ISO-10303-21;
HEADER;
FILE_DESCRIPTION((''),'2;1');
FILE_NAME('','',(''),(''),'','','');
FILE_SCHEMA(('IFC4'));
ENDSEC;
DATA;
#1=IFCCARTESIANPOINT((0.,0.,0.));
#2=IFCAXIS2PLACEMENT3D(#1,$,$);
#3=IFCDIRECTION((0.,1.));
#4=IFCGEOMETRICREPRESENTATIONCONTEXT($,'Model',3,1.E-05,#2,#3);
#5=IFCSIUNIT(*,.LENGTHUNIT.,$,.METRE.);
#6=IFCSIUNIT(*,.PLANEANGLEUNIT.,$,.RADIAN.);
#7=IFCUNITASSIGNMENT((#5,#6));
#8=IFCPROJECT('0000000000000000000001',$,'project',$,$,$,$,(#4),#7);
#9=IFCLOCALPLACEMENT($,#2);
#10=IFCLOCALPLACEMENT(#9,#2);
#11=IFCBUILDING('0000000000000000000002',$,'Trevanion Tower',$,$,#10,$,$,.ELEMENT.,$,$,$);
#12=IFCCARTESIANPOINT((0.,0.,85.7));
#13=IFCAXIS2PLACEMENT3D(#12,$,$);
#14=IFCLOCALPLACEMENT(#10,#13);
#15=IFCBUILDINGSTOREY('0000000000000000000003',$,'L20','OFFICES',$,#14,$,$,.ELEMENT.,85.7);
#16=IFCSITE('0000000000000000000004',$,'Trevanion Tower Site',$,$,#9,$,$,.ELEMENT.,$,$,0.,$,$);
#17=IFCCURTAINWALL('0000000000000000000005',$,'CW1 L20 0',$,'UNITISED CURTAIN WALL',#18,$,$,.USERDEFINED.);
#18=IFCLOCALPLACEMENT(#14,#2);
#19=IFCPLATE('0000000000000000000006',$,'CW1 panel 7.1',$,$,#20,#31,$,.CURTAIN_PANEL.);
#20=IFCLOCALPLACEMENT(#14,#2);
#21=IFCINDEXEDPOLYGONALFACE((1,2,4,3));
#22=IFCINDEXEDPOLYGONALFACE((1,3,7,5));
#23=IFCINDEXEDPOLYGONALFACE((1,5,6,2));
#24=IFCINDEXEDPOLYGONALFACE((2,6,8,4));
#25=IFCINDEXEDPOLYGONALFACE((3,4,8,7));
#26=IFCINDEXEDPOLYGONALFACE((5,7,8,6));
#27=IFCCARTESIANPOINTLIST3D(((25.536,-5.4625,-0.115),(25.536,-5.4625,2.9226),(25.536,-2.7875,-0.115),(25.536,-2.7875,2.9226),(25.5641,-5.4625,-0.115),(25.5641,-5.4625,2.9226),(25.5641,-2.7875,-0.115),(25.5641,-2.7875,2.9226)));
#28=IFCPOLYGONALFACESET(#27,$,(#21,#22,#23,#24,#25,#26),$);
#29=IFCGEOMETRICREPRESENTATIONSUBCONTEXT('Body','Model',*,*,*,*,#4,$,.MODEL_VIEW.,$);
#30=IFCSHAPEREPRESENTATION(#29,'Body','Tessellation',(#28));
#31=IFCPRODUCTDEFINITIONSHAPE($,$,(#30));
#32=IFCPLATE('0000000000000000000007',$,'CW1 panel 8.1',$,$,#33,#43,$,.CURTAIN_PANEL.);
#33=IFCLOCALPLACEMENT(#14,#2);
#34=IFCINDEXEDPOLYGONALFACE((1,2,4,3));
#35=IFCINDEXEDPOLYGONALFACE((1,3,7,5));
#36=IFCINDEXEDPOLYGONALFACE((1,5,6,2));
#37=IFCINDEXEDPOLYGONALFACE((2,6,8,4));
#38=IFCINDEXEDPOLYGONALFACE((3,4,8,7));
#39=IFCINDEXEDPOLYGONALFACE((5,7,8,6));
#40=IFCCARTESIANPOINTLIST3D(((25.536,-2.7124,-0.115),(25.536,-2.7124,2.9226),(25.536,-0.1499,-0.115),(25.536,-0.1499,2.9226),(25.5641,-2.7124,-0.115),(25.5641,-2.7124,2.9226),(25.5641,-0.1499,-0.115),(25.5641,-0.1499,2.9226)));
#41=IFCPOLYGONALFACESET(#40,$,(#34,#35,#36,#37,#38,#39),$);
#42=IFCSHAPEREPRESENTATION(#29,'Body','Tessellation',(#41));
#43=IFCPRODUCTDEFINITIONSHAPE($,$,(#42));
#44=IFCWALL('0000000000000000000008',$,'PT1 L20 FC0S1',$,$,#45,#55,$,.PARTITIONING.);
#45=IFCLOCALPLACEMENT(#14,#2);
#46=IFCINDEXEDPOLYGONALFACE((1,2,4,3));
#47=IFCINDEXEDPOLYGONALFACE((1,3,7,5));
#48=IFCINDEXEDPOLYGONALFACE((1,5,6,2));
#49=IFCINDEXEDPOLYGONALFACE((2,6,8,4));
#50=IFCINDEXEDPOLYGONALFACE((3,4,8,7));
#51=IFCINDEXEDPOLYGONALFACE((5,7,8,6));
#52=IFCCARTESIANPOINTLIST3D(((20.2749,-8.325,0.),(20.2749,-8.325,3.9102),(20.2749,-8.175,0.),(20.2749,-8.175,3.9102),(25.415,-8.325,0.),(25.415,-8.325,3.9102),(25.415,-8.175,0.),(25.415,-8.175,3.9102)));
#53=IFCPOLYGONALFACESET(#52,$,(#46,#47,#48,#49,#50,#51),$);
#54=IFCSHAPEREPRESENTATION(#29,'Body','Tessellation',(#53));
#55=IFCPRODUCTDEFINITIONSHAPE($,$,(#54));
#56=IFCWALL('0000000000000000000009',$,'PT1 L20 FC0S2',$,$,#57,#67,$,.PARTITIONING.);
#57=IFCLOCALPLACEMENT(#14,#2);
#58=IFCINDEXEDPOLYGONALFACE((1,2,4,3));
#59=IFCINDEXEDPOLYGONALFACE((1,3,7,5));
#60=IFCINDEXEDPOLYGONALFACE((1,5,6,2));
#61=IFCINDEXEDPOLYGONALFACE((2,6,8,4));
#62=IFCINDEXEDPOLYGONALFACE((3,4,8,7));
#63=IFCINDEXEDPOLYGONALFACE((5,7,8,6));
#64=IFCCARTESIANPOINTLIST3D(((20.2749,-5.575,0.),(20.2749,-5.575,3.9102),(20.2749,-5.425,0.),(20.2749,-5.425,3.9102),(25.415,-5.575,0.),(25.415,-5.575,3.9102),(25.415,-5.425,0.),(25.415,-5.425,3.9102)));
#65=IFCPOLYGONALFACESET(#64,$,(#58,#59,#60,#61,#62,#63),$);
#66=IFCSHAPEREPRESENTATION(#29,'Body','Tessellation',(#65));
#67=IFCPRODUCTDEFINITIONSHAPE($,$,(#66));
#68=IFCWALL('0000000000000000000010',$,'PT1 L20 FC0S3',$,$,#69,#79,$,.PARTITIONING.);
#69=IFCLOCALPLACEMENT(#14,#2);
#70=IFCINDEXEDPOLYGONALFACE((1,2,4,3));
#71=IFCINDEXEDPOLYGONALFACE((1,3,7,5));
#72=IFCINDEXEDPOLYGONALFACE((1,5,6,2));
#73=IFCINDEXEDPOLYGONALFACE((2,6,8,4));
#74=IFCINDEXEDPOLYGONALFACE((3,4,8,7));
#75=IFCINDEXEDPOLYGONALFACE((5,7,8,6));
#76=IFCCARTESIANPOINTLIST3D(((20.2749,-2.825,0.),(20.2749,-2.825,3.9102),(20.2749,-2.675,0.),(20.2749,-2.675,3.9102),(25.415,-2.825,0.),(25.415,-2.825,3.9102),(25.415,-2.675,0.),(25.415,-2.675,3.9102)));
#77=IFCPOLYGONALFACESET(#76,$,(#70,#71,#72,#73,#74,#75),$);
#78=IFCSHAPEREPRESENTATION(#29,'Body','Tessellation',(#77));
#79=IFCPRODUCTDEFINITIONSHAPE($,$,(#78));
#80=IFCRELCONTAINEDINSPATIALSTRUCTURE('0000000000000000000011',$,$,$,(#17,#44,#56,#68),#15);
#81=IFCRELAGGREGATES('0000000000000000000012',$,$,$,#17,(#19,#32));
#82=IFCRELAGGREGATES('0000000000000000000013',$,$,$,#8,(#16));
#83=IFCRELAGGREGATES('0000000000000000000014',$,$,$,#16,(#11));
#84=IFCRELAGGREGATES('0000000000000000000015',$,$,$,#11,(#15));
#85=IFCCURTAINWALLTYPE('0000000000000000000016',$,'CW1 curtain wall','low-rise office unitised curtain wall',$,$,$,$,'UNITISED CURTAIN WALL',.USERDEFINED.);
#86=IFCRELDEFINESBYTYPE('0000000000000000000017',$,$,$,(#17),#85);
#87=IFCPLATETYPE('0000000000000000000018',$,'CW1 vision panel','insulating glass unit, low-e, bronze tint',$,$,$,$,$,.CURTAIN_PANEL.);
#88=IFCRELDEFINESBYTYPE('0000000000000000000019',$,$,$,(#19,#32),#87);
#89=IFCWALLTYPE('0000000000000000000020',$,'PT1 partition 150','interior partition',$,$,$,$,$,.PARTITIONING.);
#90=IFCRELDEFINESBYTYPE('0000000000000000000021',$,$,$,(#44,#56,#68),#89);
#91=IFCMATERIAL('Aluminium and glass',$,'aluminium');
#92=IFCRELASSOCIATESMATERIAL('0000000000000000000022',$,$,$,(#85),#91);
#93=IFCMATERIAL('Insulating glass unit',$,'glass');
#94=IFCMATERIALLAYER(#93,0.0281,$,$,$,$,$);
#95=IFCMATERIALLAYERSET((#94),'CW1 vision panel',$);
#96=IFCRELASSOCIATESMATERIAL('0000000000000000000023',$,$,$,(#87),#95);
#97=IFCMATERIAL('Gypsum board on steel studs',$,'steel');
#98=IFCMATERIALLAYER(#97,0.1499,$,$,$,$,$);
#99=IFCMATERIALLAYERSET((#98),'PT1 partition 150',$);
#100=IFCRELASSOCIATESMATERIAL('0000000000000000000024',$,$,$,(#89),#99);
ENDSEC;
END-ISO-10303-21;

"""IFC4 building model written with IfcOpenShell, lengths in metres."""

from ifc_helpers import new_model, si_unit, direction, frame, frame_2d, origin, origin_2d, place, context, subcontext, project, spatial, rectangle, extrude, material, layer, layer_set, type_object, element, aggregate, save


model = new_model("IFC4")

# Units and contexts
model_context = context("Model", 3, precision=1e-05, world=origin(), true_north=direction((0.0, 1.0)))
body_context = subcontext(model_context, "Body", "Model", "MODEL_VIEW")
ifc_project = project(units=[si_unit("LENGTHUNIT", "METRE"), si_unit("PLANEANGLEUNIT", "RADIAN")], contexts=[model_context])

# Site, building, storey
site_placement = place(None, origin())
site = spatial("IfcSite", under=ifc_project, at=site_placement, Name="Trevanion Tower Site", CompositionType="ELEMENT", RefElevation=0.0)
building_placement = place(site_placement, origin())
building = spatial("IfcBuilding", under=site, at=building_placement, Name="Trevanion Tower", CompositionType="ELEMENT")
storey_placement = place(building_placement, frame((0.0, 0.0, 85.7)))
storey = spatial("IfcBuildingStorey", under=building, at=storey_placement, Name="L20", Description="OFFICES", CompositionType="ELEMENT", Elevation=85.7)

# Curtain wall, plates
ifc_material_1 = material(Name="Aluminium and glass", Category="aluminium")
curtain_wall_type = type_object("IfcCurtainWallType", Name="CW1 curtain wall", Description="low-rise office unitised curtain wall", ElementType="UNITISED CURTAIN WALL", PredefinedType="USERDEFINED", material=ifc_material_1)
curtain_wall_placement = place(storey_placement, origin())
curtain_wall = element("IfcCurtainWall", 1, at=curtain_wall_placement, inside=storey, type_object=curtain_wall_type, Name="CW1 L20 0", ObjectType="UNITISED CURTAIN WALL", PredefinedType="USERDEFINED")
ifc_material_2 = material(Name="Insulating glass unit", Category="glass")
ifc_layer_1 = layer(ifc_material_2, 0.0281)
ifc_layer_set_1 = layer_set([ifc_layer_1], Name="CW1 vision panel")
plate_type_1 = type_object("IfcPlateType", Name="CW1 vision panel", Description="insulating glass unit, low-e, bronze tint", PredefinedType="CURTAIN_PANEL", material=ifc_layer_set_1)
plate_1_placement = place(storey_placement, frame((25.55, -4.125, -0.115), z_axis=(0.0, 0.0, 1.0), x_axis=(0.0, 1.0, 0.0)))
plate_1 = element("IfcPlate", 2, at=plate_1_placement, type_object=plate_type_1, Name="CW1 panel 7.1", PredefinedType="CURTAIN_PANEL", context=body_context, shape_type="SweptSolid", body=[
    extrude(rectangle(XDim=2.675, YDim=0.0281, at=origin_2d()), origin(), (0.0, 0.0, 1.0), 3.0376),
])
plate_2_placement = place(storey_placement, frame((25.55, -1.4312, -0.115), z_axis=(0.0, 0.0, 1.0), x_axis=(0.0, 1.0, 0.0)))
plate_2 = element("IfcPlate", 3, at=plate_2_placement, type_object=plate_type_1, Name="CW1 panel 8.1", PredefinedType="CURTAIN_PANEL", context=body_context, shape_type="SweptSolid", body=[
    extrude(rectangle(XDim=2.5625, YDim=0.0281, at=origin_2d()), origin(), (0.0, 0.0, 1.0), 3.0376),
])
aggregate(curtain_wall, [plate_1, plate_2])

# Walls
ifc_material_3 = material(Name="Gypsum board on steel studs", Category="steel")
ifc_layer_2 = layer(ifc_material_3, 0.1499)
ifc_layer_set_2 = layer_set([ifc_layer_2], Name="PT1 partition 150")
wall_type = type_object("IfcWallType", Name="PT1 partition 150", Description="interior partition", PredefinedType="PARTITIONING", material=ifc_layer_set_2)
for number, where, z_axis, x_axis, name in (
    (4, (20.2749, -8.25, 0.0), (0.0, 0.0, 1.0), (1.0, 0.0, 0.0), "PT1 L20 FC0S1"),
    (5, (20.2749, -5.5, 0.0), (0.0, 0.0, 1.0), (1.0, 0.0, 0.0), "PT1 L20 FC0S2"),
    (6, (20.2749, -2.75, 0.0), (0.0, 0.0, 1.0), (1.0, 0.0, 0.0), "PT1 L20 FC0S3"),
):
    element("IfcWall", number, at=place(storey_placement, frame(where, z_axis=z_axis, x_axis=x_axis)), inside=storey, type_object=wall_type, Name=name, PredefinedType="PARTITIONING", context=body_context, shape_type="SweptSolid", body=[
        extrude(rectangle(XDim=5.1401, YDim=0.1499, at=frame_2d((2.5701, 0.0))), origin(), (0.0, 0.0, 1.0), 3.9102),
    ])

save(model, "model.ifc")
